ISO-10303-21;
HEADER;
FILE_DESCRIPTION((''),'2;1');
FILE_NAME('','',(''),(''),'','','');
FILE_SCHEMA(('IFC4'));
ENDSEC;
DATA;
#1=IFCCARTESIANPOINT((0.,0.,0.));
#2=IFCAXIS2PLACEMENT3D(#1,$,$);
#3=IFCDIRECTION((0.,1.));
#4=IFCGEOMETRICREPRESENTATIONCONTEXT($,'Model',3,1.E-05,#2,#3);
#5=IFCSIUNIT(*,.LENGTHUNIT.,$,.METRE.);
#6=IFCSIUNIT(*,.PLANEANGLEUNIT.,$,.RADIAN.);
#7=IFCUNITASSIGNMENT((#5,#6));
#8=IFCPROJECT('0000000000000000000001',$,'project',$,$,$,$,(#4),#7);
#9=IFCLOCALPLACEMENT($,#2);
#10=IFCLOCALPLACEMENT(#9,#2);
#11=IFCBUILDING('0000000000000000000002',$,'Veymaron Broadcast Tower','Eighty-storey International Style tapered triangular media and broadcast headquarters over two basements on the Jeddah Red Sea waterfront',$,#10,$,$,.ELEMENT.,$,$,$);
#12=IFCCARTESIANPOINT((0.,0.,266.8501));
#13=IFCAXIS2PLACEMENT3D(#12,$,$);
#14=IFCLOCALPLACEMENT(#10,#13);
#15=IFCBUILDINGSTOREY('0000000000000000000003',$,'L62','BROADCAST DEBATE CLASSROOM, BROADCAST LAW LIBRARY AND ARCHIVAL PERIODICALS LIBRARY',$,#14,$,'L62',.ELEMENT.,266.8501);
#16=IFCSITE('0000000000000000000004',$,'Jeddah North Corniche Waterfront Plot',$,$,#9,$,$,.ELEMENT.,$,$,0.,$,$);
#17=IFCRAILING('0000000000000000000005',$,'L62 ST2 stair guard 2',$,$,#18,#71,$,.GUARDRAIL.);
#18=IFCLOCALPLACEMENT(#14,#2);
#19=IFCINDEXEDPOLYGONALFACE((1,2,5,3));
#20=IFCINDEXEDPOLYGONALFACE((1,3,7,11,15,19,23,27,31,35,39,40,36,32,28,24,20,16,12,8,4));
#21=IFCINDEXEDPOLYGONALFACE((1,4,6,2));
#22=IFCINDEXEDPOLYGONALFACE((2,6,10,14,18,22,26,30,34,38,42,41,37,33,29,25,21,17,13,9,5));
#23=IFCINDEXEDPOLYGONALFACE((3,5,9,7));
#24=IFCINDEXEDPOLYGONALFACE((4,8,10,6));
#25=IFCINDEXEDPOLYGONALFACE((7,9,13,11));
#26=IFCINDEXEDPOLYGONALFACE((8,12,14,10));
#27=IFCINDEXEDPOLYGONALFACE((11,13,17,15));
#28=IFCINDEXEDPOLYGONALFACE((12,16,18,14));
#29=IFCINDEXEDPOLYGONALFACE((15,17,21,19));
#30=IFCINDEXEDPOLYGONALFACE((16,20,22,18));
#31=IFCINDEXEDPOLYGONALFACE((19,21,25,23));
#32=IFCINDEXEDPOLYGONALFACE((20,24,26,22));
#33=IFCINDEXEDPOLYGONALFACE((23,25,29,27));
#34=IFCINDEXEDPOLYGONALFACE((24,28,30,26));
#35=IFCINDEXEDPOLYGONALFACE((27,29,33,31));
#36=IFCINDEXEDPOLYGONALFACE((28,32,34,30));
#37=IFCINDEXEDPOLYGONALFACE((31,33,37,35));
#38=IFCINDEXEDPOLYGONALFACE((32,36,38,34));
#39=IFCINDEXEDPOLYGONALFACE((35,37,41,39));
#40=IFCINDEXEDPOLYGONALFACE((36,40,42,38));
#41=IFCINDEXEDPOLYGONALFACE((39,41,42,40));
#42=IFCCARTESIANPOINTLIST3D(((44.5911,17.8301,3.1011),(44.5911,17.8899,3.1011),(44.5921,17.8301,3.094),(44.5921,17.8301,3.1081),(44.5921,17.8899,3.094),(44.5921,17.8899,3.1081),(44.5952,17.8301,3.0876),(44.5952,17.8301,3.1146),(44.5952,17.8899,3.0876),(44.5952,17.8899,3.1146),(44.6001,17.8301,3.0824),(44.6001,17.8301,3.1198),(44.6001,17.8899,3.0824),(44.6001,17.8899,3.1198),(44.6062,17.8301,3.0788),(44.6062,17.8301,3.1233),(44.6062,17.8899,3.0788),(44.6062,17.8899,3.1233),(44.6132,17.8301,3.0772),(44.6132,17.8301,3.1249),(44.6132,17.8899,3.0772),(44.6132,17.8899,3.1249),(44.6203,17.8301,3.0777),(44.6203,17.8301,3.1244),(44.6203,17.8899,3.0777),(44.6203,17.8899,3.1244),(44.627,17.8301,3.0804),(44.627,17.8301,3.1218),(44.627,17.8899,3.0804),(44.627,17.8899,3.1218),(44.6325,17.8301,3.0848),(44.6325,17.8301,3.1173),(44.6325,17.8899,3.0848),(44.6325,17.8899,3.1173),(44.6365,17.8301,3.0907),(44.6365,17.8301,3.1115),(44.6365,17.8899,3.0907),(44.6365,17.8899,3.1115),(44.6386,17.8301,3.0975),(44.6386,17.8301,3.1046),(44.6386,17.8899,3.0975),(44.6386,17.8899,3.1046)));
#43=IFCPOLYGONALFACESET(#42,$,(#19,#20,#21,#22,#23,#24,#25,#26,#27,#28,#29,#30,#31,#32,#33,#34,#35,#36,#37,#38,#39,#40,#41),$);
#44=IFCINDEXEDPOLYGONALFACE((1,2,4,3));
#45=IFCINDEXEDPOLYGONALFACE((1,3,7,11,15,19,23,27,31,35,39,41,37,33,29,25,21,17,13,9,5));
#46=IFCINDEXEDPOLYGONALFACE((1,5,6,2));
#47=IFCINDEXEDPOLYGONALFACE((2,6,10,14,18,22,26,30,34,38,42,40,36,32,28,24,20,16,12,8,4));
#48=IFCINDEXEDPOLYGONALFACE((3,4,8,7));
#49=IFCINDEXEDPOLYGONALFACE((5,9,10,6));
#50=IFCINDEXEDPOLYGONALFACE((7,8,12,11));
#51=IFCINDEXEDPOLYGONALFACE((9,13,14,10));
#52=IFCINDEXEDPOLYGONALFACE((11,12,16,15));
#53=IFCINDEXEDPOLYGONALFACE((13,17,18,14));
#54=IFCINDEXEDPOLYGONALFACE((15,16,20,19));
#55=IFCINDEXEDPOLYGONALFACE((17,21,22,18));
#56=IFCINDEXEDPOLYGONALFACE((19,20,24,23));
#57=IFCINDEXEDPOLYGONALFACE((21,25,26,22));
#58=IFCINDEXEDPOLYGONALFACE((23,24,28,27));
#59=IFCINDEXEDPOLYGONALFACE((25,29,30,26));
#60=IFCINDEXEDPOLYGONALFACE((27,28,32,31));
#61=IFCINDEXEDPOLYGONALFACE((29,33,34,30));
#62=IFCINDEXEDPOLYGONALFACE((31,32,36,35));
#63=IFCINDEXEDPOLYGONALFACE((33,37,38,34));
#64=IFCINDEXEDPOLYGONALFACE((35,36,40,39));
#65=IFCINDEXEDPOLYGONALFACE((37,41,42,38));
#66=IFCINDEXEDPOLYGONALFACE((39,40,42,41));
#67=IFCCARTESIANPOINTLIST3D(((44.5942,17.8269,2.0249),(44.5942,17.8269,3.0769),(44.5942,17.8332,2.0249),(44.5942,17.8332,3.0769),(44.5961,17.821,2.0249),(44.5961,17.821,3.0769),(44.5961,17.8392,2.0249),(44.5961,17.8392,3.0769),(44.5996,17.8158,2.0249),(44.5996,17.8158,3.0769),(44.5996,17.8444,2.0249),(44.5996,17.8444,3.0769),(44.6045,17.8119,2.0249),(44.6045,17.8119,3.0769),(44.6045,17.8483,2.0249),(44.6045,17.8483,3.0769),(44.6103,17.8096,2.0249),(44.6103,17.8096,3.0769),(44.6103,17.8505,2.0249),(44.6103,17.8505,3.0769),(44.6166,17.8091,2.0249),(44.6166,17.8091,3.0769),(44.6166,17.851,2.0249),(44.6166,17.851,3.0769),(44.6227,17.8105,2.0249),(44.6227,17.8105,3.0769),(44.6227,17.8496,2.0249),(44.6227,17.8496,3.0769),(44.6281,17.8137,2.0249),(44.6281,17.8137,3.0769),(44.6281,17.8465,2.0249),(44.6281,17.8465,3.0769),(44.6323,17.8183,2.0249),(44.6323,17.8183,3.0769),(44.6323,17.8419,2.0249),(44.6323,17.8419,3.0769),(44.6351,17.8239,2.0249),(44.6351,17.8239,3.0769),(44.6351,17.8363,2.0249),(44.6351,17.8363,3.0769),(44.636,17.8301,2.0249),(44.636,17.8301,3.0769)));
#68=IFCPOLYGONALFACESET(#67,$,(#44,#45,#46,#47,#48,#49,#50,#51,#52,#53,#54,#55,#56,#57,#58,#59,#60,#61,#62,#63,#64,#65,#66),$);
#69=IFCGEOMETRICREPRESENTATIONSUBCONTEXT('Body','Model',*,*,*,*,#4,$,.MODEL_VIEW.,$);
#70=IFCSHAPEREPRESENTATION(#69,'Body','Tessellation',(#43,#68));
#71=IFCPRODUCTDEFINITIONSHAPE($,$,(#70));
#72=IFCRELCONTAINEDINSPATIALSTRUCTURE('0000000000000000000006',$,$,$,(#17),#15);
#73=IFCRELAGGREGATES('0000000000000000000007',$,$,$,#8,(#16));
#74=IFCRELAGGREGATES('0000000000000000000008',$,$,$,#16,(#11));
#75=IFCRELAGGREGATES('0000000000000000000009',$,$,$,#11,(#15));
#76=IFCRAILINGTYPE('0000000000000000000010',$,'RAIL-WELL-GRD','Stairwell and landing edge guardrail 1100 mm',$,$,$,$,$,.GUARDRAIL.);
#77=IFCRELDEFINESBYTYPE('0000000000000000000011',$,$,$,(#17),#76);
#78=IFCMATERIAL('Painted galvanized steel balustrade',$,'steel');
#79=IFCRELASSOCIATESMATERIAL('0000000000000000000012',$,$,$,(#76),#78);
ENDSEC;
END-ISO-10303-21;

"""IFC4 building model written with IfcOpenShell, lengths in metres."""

from ifc_helpers import new_model, si_unit, direction, frame, origin, origin_2d, place, context, subcontext, project, spatial, circle, extrude, material, type_object, element, save


model = new_model("IFC4")

# Units and contexts
model_context = context("Model", 3, precision=1e-05, world=origin(), true_north=direction((0.0, 1.0)))
body_context = subcontext(model_context, "Body", "Model", "MODEL_VIEW")
ifc_project = project(units=[si_unit("LENGTHUNIT", "METRE"), si_unit("PLANEANGLEUNIT", "RADIAN")], contexts=[model_context])

# Site, building, storey
site_placement = place(None, origin())
site = spatial("IfcSite", under=ifc_project, at=site_placement, Name="Jeddah North Corniche Waterfront Plot", CompositionType="ELEMENT", RefElevation=0.0)
building_placement = place(site_placement, origin())
building = spatial("IfcBuilding", under=site, at=building_placement, Name="Veymaron Broadcast Tower", Description="Eighty-storey International Style tapered triangular media and broadcast headquarters over two basements on the Jeddah Red Sea waterfront", CompositionType="ELEMENT")
storey_placement = place(building_placement, frame((0.0, 0.0, 266.8501)))
storey = spatial("IfcBuildingStorey", under=building, at=storey_placement, Name="L62", Description="BROADCAST DEBATE CLASSROOM, BROADCAST LAW LIBRARY AND ARCHIVAL PERIODICALS LIBRARY", LongName="L62", CompositionType="ELEMENT", Elevation=266.8501)

# Railing
ifc_material_1 = material(Name="Painted galvanized steel balustrade", Category="steel")
railing_type_1 = type_object("IfcRailingType", Name="RAIL-WELL-GRD", Description="Stairwell and landing edge guardrail 1100 mm", PredefinedType="GUARDRAIL", material=ifc_material_1)
railing_1_placement = place(storey_placement, frame((44.615, 17.8301, 2.0249)))
element("IfcRailing", 1, at=railing_1_placement, inside=storey, type_object=railing_type_1, Name="L62 ST2 stair guard 2", PredefinedType="GUARDRAIL", context=body_context, shape_type="SweptSolid", body=[
    extrude(circle(Radius=0.0239, at=origin_2d()), frame((0.0, 0.0, 1.0762), z_axis=(0.0, 1.0, 0.0), x_axis=(-1.0, 0.0, 0.0)), (0.0, 0.0, 1.0), 0.0598),
    extrude(circle(Radius=0.021, at=origin_2d()), origin(), (0.0, 0.0, 1.0), 1.052),
])

save(model, "model.ifc")
